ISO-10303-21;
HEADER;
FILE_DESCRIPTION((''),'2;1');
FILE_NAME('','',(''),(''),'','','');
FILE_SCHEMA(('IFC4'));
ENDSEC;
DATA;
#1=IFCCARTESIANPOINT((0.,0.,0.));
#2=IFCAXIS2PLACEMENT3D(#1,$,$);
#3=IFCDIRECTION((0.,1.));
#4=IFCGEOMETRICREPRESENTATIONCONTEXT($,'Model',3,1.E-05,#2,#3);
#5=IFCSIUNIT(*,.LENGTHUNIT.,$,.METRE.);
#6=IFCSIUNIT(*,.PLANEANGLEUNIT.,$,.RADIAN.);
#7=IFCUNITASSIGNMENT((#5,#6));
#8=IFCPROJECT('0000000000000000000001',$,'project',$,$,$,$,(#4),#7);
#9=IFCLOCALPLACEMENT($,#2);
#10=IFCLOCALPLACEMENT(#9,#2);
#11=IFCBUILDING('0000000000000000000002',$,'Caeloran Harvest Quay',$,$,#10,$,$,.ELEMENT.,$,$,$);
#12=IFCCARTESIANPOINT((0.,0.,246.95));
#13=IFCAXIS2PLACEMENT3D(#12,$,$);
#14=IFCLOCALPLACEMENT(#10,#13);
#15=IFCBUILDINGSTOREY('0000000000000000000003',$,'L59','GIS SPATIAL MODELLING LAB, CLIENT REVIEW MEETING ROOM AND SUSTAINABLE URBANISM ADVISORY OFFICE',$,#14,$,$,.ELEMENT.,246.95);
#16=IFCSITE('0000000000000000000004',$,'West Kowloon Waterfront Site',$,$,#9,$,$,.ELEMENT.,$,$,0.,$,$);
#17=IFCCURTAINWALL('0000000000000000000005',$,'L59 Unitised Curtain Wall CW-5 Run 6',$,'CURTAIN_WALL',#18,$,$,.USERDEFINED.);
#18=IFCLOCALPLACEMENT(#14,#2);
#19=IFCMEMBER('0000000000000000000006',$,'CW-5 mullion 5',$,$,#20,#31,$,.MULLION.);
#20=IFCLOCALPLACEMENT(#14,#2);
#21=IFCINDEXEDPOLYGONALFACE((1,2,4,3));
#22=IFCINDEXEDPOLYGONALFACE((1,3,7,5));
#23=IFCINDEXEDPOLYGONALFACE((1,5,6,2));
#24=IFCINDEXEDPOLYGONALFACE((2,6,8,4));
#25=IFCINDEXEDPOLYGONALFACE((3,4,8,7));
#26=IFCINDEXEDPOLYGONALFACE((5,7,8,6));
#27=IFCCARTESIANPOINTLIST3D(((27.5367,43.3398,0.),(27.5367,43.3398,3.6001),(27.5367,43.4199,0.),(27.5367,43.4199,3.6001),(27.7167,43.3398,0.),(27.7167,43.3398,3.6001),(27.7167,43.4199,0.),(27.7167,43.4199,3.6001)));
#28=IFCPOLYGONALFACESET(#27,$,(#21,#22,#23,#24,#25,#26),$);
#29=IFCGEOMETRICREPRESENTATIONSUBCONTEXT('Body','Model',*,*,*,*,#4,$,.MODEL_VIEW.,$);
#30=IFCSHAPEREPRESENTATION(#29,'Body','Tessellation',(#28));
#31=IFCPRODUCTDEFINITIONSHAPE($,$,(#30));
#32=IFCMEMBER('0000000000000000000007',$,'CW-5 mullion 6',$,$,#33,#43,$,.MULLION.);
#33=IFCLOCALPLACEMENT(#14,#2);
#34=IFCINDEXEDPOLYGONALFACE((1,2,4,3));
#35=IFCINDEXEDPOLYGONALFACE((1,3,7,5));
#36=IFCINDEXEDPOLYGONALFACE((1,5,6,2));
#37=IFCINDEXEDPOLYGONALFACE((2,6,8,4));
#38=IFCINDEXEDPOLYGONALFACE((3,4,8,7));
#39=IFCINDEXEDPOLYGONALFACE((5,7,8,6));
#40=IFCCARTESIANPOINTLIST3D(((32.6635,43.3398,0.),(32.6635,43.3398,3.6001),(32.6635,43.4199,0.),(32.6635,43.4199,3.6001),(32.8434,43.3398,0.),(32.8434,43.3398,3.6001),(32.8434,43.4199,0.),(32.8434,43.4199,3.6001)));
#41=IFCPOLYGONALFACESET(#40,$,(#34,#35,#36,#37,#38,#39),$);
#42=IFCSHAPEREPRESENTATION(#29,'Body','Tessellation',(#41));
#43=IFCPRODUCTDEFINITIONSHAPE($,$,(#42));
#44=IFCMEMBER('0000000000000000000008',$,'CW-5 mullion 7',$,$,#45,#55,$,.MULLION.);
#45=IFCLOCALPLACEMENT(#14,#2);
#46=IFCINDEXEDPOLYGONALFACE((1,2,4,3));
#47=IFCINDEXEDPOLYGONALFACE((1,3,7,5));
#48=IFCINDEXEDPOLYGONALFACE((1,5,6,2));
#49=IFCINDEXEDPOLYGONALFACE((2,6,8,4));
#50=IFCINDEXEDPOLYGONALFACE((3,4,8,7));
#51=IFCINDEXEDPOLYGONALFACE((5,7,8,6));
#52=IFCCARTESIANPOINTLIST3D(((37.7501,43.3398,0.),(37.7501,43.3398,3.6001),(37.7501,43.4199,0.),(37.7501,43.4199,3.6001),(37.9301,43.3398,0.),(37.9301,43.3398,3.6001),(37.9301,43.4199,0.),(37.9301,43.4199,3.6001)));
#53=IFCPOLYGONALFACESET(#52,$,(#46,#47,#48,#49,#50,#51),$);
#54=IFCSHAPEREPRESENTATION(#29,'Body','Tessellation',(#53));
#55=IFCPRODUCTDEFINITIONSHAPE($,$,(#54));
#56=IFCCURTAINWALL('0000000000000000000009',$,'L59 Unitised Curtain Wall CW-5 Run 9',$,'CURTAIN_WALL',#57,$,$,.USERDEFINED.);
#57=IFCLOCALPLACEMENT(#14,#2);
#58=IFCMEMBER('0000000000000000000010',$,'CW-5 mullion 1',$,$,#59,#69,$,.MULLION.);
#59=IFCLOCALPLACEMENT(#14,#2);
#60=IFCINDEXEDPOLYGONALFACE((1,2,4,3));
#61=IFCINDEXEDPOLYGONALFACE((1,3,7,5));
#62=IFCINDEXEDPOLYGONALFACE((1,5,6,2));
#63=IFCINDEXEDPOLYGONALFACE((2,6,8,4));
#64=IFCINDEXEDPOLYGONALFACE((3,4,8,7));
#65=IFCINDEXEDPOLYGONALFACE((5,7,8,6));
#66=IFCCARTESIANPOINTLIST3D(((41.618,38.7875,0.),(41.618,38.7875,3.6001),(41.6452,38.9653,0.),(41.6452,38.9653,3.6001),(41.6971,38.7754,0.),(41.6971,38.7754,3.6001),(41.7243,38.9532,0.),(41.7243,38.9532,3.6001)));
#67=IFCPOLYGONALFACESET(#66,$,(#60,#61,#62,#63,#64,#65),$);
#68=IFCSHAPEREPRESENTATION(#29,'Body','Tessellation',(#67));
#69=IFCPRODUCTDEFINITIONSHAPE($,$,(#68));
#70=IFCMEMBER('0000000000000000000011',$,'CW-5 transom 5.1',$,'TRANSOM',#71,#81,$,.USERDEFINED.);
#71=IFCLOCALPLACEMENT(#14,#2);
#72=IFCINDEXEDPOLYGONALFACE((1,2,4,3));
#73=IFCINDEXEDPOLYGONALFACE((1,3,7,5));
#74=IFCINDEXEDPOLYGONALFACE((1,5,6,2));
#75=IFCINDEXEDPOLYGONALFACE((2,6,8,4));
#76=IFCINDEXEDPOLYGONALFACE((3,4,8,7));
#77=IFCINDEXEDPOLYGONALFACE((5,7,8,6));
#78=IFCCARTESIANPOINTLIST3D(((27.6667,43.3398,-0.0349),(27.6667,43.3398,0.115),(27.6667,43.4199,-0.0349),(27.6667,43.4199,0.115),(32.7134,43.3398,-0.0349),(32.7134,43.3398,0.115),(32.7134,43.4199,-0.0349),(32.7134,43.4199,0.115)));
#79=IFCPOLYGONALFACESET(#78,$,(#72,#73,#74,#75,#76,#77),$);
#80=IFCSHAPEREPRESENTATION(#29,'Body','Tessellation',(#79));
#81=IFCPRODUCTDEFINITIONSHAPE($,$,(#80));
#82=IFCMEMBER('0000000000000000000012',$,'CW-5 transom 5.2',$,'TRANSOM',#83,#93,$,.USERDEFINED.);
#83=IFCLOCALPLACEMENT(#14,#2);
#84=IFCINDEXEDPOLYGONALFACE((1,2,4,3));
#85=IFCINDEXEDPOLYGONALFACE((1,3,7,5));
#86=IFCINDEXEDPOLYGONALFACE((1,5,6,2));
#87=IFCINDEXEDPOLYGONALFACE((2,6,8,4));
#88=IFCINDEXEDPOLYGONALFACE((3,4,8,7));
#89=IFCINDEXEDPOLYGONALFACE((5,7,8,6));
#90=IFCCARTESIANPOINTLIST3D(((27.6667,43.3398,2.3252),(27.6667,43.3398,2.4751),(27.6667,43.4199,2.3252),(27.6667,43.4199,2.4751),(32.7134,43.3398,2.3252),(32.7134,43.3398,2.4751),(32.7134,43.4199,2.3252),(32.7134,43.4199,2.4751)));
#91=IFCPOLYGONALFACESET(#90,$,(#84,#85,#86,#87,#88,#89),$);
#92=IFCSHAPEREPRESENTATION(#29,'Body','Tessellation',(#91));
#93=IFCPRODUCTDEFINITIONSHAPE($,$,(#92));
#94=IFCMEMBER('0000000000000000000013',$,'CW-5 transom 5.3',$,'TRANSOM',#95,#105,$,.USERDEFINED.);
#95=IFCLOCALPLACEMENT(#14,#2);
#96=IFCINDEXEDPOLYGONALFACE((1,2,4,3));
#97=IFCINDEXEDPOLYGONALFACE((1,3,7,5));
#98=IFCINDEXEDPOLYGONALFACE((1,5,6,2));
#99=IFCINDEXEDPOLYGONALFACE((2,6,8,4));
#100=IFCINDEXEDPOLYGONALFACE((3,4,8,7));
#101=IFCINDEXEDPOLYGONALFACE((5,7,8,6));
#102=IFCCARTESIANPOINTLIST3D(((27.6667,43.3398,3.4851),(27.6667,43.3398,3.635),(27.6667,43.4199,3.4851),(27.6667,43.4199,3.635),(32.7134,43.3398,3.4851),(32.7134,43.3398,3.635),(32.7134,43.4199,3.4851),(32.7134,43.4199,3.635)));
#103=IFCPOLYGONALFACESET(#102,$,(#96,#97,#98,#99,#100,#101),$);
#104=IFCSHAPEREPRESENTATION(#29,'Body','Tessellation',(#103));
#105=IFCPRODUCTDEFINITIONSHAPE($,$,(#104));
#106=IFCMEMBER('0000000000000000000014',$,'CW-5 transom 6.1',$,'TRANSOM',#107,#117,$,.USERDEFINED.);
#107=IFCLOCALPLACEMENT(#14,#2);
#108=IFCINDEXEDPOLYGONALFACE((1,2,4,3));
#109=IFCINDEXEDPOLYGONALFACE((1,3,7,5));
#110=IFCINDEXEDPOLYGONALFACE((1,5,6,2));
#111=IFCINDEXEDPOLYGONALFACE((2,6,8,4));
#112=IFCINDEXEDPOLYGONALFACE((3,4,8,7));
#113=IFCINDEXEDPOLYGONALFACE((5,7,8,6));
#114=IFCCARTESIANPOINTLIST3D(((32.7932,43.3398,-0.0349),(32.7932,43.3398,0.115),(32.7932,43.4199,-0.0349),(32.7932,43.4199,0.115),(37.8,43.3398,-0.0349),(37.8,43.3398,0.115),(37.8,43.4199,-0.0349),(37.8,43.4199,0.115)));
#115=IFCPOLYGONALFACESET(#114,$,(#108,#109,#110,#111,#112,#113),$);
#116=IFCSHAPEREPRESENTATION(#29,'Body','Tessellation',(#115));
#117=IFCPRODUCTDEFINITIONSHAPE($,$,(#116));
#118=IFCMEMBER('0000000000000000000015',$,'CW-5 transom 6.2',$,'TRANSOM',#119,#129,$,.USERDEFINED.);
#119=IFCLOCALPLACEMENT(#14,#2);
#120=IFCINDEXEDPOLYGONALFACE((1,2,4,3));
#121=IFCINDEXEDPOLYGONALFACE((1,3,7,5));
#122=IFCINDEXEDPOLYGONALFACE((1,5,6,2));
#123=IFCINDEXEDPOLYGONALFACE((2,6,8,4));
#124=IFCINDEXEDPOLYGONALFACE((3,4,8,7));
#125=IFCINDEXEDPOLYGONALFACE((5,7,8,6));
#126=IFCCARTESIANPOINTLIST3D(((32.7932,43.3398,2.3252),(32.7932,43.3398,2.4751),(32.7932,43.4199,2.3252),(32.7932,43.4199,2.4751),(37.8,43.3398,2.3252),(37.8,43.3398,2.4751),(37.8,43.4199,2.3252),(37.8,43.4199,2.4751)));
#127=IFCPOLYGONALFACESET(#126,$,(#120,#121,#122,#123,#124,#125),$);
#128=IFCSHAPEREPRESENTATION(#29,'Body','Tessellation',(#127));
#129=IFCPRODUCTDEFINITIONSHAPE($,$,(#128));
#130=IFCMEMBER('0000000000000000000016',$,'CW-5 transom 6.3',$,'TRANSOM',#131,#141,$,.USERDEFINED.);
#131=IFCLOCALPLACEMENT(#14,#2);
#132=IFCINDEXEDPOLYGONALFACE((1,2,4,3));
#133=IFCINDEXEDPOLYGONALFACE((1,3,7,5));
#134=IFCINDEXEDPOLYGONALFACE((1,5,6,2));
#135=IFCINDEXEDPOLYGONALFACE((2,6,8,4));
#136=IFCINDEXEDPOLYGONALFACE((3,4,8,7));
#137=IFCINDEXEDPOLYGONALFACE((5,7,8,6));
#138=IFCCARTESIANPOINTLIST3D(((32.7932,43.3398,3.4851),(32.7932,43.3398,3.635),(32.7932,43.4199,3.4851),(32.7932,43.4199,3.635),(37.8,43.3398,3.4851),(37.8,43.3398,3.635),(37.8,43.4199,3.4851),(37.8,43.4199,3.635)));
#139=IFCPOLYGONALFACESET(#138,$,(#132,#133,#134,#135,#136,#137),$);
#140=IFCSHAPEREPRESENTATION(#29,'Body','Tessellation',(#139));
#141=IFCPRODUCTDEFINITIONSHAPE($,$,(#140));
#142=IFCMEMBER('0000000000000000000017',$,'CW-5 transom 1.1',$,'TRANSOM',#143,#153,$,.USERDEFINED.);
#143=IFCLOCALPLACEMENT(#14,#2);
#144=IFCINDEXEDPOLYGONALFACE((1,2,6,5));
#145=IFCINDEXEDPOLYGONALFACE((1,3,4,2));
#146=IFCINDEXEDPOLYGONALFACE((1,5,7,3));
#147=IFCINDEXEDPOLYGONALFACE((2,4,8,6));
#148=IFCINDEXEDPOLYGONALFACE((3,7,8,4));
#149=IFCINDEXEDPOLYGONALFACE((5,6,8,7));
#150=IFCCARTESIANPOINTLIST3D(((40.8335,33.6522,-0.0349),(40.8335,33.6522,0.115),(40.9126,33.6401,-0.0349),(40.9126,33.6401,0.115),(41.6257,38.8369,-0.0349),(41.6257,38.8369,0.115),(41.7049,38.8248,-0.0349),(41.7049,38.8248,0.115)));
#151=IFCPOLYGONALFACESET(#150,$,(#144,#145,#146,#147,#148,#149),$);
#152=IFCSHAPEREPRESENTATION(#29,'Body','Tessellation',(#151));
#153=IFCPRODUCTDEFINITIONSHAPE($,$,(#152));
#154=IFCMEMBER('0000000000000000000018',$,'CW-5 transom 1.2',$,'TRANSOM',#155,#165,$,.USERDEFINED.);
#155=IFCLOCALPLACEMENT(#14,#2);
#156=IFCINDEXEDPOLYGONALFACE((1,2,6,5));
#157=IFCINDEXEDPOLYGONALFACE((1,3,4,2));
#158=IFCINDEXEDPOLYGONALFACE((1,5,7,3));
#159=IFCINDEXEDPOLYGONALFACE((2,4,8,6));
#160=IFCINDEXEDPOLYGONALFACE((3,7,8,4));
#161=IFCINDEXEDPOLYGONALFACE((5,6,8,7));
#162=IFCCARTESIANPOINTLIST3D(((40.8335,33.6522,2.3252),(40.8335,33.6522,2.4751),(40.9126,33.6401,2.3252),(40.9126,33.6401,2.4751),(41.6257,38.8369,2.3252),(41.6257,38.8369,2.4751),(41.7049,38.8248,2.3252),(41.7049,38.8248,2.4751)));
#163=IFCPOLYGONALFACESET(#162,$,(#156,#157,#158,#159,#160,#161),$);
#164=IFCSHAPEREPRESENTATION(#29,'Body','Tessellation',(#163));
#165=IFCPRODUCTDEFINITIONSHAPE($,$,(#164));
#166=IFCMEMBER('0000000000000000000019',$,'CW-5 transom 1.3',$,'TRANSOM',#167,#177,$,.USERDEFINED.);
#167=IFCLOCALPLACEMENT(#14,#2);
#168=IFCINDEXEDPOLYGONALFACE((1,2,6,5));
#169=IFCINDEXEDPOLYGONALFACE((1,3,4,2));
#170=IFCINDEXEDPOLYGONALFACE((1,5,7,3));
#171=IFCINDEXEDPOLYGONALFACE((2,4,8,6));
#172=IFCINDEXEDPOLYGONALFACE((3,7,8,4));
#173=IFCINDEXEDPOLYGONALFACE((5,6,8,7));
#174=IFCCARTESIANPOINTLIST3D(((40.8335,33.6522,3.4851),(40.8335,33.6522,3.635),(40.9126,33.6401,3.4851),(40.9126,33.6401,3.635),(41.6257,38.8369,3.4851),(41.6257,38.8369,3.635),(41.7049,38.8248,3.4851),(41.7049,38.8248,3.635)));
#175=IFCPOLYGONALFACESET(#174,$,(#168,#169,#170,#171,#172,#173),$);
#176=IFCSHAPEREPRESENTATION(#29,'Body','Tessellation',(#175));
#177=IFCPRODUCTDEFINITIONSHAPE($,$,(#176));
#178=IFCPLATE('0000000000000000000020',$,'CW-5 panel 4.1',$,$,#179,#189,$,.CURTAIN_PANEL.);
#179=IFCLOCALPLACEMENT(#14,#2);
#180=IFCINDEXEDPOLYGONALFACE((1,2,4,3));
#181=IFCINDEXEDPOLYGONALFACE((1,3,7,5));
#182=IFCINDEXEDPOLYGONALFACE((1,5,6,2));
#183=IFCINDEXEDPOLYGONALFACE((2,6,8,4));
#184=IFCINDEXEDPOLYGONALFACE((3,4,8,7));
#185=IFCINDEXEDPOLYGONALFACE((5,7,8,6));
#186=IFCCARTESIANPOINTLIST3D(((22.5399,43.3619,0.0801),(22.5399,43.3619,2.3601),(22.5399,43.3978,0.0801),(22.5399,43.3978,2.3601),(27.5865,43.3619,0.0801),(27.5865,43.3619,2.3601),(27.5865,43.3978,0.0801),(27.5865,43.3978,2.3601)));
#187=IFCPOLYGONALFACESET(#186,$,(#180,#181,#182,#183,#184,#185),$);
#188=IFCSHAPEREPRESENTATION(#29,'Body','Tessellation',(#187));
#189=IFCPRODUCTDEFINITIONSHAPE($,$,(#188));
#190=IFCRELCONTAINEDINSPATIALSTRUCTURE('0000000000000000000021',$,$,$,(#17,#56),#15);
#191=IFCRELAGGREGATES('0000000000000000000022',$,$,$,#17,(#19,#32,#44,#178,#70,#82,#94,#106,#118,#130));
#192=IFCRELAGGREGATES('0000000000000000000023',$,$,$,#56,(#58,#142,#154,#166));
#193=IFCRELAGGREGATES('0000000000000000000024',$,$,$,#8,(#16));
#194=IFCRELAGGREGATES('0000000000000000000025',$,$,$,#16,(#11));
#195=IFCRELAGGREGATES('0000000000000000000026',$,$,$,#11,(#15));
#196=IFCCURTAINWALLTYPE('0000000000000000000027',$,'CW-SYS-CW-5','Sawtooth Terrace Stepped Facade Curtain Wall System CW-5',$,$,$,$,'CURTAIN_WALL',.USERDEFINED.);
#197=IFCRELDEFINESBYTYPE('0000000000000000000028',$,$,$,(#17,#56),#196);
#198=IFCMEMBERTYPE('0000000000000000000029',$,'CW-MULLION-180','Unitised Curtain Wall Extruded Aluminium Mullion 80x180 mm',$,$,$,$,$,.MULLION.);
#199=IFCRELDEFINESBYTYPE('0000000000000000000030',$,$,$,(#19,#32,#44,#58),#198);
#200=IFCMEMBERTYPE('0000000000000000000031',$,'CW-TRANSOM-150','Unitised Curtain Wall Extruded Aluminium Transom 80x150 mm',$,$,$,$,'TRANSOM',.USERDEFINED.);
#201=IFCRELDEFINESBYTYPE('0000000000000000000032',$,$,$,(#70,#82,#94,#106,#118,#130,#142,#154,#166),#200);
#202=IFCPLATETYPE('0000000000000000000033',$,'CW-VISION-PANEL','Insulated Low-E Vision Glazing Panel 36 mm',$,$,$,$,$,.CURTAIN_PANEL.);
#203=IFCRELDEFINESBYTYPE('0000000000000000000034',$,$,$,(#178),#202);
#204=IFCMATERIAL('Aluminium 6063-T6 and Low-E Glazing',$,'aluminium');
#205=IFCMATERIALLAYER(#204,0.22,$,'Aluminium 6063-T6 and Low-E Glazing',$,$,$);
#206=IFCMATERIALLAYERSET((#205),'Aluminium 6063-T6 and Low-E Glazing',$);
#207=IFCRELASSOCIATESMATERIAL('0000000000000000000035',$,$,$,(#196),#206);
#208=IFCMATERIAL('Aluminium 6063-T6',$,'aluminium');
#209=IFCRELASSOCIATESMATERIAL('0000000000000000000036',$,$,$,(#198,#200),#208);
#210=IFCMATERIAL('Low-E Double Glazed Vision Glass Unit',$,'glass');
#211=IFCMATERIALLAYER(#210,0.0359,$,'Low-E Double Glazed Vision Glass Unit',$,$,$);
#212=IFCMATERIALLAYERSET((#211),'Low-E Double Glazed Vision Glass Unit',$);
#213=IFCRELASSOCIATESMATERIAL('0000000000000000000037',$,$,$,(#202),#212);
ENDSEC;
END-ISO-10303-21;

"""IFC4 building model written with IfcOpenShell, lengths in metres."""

from ifc_helpers import new_model, si_unit, direction, frame, origin, origin_2d, place, context, subcontext, project, spatial, rectangle, extrude, material, layer, layer_set, material_profile, profile_set, type_object, element, aggregate, save


model = new_model("IFC4")

# Units and contexts
model_context = context("Model", 3, precision=1e-05, world=origin(), true_north=direction((0.0, 1.0)))
body_context = subcontext(model_context, "Body", "Model", "MODEL_VIEW")
ifc_project = project(units=[si_unit("LENGTHUNIT", "METRE"), si_unit("PLANEANGLEUNIT", "RADIAN")], contexts=[model_context])

# Site, building, storey
site_placement = place(None, origin())
site = spatial("IfcSite", under=ifc_project, at=site_placement, Name="West Kowloon Waterfront Site", CompositionType="ELEMENT", RefElevation=0.0)
building_placement = place(site_placement, origin())
building = spatial("IfcBuilding", under=site, at=building_placement, Name="Caeloran Harvest Quay", CompositionType="ELEMENT")
storey_placement = place(building_placement, frame((0.0, 0.0, 246.95)))
storey = spatial("IfcBuildingStorey", under=building, at=storey_placement, Name="L59", Description="GIS SPATIAL MODELLING LAB, CLIENT REVIEW MEETING ROOM AND SUSTAINABLE URBANISM ADVISORY OFFICE", CompositionType="ELEMENT", Elevation=246.95)

# Curtain wall, members
ifc_material_1 = material(Name="Aluminium 6063-T6 and Low-E Glazing", Category="aluminium")
ifc_layer_1 = layer(ifc_material_1, 0.22, Name="Aluminium 6063-T6 and Low-E Glazing")
ifc_layer_set_1 = layer_set([ifc_layer_1], Name="Aluminium 6063-T6 and Low-E Glazing")
curtain_wall_type = type_object("IfcCurtainWallType", Name="CW-SYS-CW-5", Description="Sawtooth Terrace Stepped Facade Curtain Wall System CW-5", ElementType="CURTAIN_WALL", PredefinedType="USERDEFINED", material=ifc_layer_set_1)
curtain_wall_1_placement = place(storey_placement, origin())
curtain_wall_1 = element("IfcCurtainWall", 1, at=curtain_wall_1_placement, inside=storey, type_object=curtain_wall_type, Name="L59 Unitised Curtain Wall CW-5 Run 6", ObjectType="CURTAIN_WALL", PredefinedType="USERDEFINED")
ifc_material_2 = material(Name="Aluminium 6063-T6", Category="aluminium")
ifc_material_profile_1 = material_profile(ifc_material_2, rectangle(XDim=0.0801, YDim=0.1799, at=origin_2d()), Name="CW-MULLION-180")
ifc_profile_set_1 = profile_set([ifc_material_profile_1], Name="Aluminium 6063-T6")
member_type_1 = type_object("IfcMemberType", Name="CW-MULLION-180", Description="Unitised Curtain Wall Extruded Aluminium Mullion 80x180 mm", PredefinedType="MULLION", material=ifc_profile_set_1)
member_1_placement = place(storey_placement, frame((27.6267, 43.3799, 0.0), z_axis=(0.0, 0.0, 1.0), x_axis=(0.0, 1.0, 0.0)))
member_1 = element("IfcMember", 2, at=member_1_placement, type_object=member_type_1, Name="CW-5 mullion 5", PredefinedType="MULLION", context=body_context, shape_type="SweptSolid", body=[
    extrude(rectangle(XDim=0.0801, YDim=0.1799, at=origin_2d()), origin(), (0.0, 0.0, 1.0), 3.6001),
])
member_2_placement = place(storey_placement, frame((32.7534, 43.3799, 0.0), z_axis=(0.0, 0.0, 1.0), x_axis=(0.0, 1.0, 0.0)))
member_2 = element("IfcMember", 3, at=member_2_placement, type_object=member_type_1, Name="CW-5 mullion 6", PredefinedType="MULLION", context=body_context, shape_type="SweptSolid", body=[
    extrude(rectangle(XDim=0.0801, YDim=0.1799, at=origin_2d()), origin(), (0.0, 0.0, 1.0), 3.6001),
])
member_3_placement = place(storey_placement, frame((37.8401, 43.3799, 0.0), z_axis=(0.0, 0.0, 1.0), x_axis=(0.0, 1.0, 0.0)))
member_3 = element("IfcMember", 4, at=member_3_placement, type_object=member_type_1, Name="CW-5 mullion 7", PredefinedType="MULLION", context=body_context, shape_type="SweptSolid", body=[
    extrude(rectangle(XDim=0.0801, YDim=0.1799, at=origin_2d()), origin(), (0.0, 0.0, 1.0), 3.6001),
])

# Curtain wall, member
curtain_wall_2_placement = place(storey_placement, origin())
curtain_wall_2 = element("IfcCurtainWall", 5, at=curtain_wall_2_placement, inside=storey, type_object=curtain_wall_type, Name="L59 Unitised Curtain Wall CW-5 Run 9", ObjectType="CURTAIN_WALL", PredefinedType="USERDEFINED")
member_4_placement = place(storey_placement, frame((41.6711, 38.8704, 0.0), z_axis=(0.0, 0.0, 1.0), x_axis=(0.98853, -0.151028, 0.0)))
member_4 = element("IfcMember", 6, at=member_4_placement, type_object=member_type_1, Name="CW-5 mullion 1", PredefinedType="MULLION", context=body_context, shape_type="SweptSolid", body=[
    extrude(rectangle(XDim=0.0801, YDim=0.1799, at=origin_2d()), origin(), (0.0, 0.0, 1.0), 3.6001),
])

# Members
ifc_material_profile_2 = material_profile(ifc_material_2, rectangle(XDim=0.0801, YDim=0.1499, at=origin_2d()), Name="CW-TRANSOM-150")
ifc_profile_set_2 = profile_set([ifc_material_profile_2], Name="Aluminium 6063-T6")
member_type_2 = type_object("IfcMemberType", Name="CW-TRANSOM-150", Description="Unitised Curtain Wall Extruded Aluminium Transom 80x150 mm", ElementType="TRANSOM", PredefinedType="USERDEFINED", material=ifc_profile_set_2)
member_5_placement = place(storey_placement, frame((27.6667, 43.3799, 0.04), z_axis=(1.0, 0.0, 0.0), x_axis=(0.0, 1.0, 0.0)))
member_5 = element("IfcMember", 7, at=member_5_placement, type_object=member_type_2, Name="CW-5 transom 5.1", ObjectType="TRANSOM", PredefinedType="USERDEFINED", context=body_context, shape_type="SweptSolid", body=[
    extrude(rectangle(XDim=0.0801, YDim=0.1499, at=origin_2d()), origin(), (0.0, 0.0, 1.0), 5.0466),
])
member_6_placement = place(storey_placement, frame((27.6667, 43.3799, 2.4001), z_axis=(1.0, 0.0, 0.0), x_axis=(0.0, 1.0, 0.0)))
member_6 = element("IfcMember", 8, at=member_6_placement, type_object=member_type_2, Name="CW-5 transom 5.2", ObjectType="TRANSOM", PredefinedType="USERDEFINED", context=body_context, shape_type="SweptSolid", body=[
    extrude(rectangle(XDim=0.0801, YDim=0.1499, at=origin_2d()), origin(), (0.0, 0.0, 1.0), 5.0466),
])
member_7_placement = place(storey_placement, frame((27.6667, 43.3799, 3.5601), z_axis=(1.0, 0.0, 0.0), x_axis=(0.0, 1.0, 0.0)))
member_7 = element("IfcMember", 9, at=member_7_placement, type_object=member_type_2, Name="CW-5 transom 5.3", ObjectType="TRANSOM", PredefinedType="USERDEFINED", context=body_context, shape_type="SweptSolid", body=[
    extrude(rectangle(XDim=0.0801, YDim=0.1499, at=origin_2d()), origin(), (0.0, 0.0, 1.0), 5.0466),
])
member_8_placement = place(storey_placement, frame((32.7932, 43.3799, 0.04), z_axis=(1.0, 0.0, 0.0), x_axis=(0.0, 1.0, 0.0)))
member_8 = element("IfcMember", 10, at=member_8_placement, type_object=member_type_2, Name="CW-5 transom 6.1", ObjectType="TRANSOM", PredefinedType="USERDEFINED", context=body_context, shape_type="SweptSolid", body=[
    extrude(rectangle(XDim=0.0801, YDim=0.1499, at=origin_2d()), origin(), (0.0, 0.0, 1.0), 5.0068),
])
member_9_placement = place(storey_placement, frame((32.7932, 43.3799, 2.4001), z_axis=(1.0, 0.0, 0.0), x_axis=(0.0, 1.0, 0.0)))
member_9 = element("IfcMember", 11, at=member_9_placement, type_object=member_type_2, Name="CW-5 transom 6.2", ObjectType="TRANSOM", PredefinedType="USERDEFINED", context=body_context, shape_type="SweptSolid", body=[
    extrude(rectangle(XDim=0.0801, YDim=0.1499, at=origin_2d()), origin(), (0.0, 0.0, 1.0), 5.0068),
])
member_10_placement = place(storey_placement, frame((32.7932, 43.3799, 3.5601), z_axis=(1.0, 0.0, 0.0), x_axis=(0.0, 1.0, 0.0)))
member_10 = element("IfcMember", 12, at=member_10_placement, type_object=member_type_2, Name="CW-5 transom 6.3", ObjectType="TRANSOM", PredefinedType="USERDEFINED", context=body_context, shape_type="SweptSolid", body=[
    extrude(rectangle(XDim=0.0801, YDim=0.1499, at=origin_2d()), origin(), (0.0, 0.0, 1.0), 5.0068),
])
member_11_placement = place(storey_placement, frame((41.6653, 38.8308, 0.04), z_axis=(-0.151046, -0.988527, 0.0), x_axis=(0.988527, -0.151046, 0.0)))
member_11 = element("IfcMember", 13, at=member_11_placement, type_object=member_type_2, Name="CW-5 transom 1.1", ObjectType="TRANSOM", PredefinedType="USERDEFINED", context=body_context, shape_type="SweptSolid", body=[
    extrude(rectangle(XDim=0.0801, YDim=0.1499, at=origin_2d()), origin(), (0.0, 0.0, 1.0), 5.2449),
])
member_12_placement = place(storey_placement, frame((41.6653, 38.8308, 2.4001), z_axis=(-0.151046, -0.988527, 0.0), x_axis=(0.988527, -0.151046, 0.0)))
member_12 = element("IfcMember", 14, at=member_12_placement, type_object=member_type_2, Name="CW-5 transom 1.2", ObjectType="TRANSOM", PredefinedType="USERDEFINED", context=body_context, shape_type="SweptSolid", body=[
    extrude(rectangle(XDim=0.0801, YDim=0.1499, at=origin_2d()), origin(), (0.0, 0.0, 1.0), 5.2449),
])
member_13_placement = place(storey_placement, frame((41.6653, 38.8308, 3.5601), z_axis=(-0.151046, -0.988527, 0.0), x_axis=(0.988527, -0.151046, 0.0)))
member_13 = element("IfcMember", 15, at=member_13_placement, type_object=member_type_2, Name="CW-5 transom 1.3", ObjectType="TRANSOM", PredefinedType="USERDEFINED", context=body_context, shape_type="SweptSolid", body=[
    extrude(rectangle(XDim=0.0801, YDim=0.1499, at=origin_2d()), origin(), (0.0, 0.0, 1.0), 5.2449),
])

# Plate
ifc_material_3 = material(Name="Low-E Double Glazed Vision Glass Unit", Category="glass")
ifc_layer_2 = layer(ifc_material_3, 0.0359, Name="Low-E Double Glazed Vision Glass Unit")
ifc_layer_set_2 = layer_set([ifc_layer_2], Name="Low-E Double Glazed Vision Glass Unit")
plate_type = type_object("IfcPlateType", Name="CW-VISION-PANEL", Description="Insulated Low-E Vision Glazing Panel 36 mm", PredefinedType="CURTAIN_PANEL", material=ifc_layer_set_2)
plate_1_placement = place(storey_placement, frame((25.0632, 43.3799, 0.0801), z_axis=(0.0, 0.0, 1.0), x_axis=(1.0, 0.0, 0.0)))
plate_1 = element("IfcPlate", 16, at=plate_1_placement, type_object=plate_type, Name="CW-5 panel 4.1", PredefinedType="CURTAIN_PANEL", context=body_context, shape_type="SweptSolid", body=[
    extrude(rectangle(XDim=5.0466, YDim=0.0359, at=origin_2d()), origin(), (0.0, 0.0, 1.0), 2.28),
])
aggregate(curtain_wall_1, [member_1, member_2, member_3, plate_1, member_5, member_6, member_7, member_8, member_9, member_10])
aggregate(curtain_wall_2, [member_4, member_11, member_12, member_13])

save(model, "model.ifc")
